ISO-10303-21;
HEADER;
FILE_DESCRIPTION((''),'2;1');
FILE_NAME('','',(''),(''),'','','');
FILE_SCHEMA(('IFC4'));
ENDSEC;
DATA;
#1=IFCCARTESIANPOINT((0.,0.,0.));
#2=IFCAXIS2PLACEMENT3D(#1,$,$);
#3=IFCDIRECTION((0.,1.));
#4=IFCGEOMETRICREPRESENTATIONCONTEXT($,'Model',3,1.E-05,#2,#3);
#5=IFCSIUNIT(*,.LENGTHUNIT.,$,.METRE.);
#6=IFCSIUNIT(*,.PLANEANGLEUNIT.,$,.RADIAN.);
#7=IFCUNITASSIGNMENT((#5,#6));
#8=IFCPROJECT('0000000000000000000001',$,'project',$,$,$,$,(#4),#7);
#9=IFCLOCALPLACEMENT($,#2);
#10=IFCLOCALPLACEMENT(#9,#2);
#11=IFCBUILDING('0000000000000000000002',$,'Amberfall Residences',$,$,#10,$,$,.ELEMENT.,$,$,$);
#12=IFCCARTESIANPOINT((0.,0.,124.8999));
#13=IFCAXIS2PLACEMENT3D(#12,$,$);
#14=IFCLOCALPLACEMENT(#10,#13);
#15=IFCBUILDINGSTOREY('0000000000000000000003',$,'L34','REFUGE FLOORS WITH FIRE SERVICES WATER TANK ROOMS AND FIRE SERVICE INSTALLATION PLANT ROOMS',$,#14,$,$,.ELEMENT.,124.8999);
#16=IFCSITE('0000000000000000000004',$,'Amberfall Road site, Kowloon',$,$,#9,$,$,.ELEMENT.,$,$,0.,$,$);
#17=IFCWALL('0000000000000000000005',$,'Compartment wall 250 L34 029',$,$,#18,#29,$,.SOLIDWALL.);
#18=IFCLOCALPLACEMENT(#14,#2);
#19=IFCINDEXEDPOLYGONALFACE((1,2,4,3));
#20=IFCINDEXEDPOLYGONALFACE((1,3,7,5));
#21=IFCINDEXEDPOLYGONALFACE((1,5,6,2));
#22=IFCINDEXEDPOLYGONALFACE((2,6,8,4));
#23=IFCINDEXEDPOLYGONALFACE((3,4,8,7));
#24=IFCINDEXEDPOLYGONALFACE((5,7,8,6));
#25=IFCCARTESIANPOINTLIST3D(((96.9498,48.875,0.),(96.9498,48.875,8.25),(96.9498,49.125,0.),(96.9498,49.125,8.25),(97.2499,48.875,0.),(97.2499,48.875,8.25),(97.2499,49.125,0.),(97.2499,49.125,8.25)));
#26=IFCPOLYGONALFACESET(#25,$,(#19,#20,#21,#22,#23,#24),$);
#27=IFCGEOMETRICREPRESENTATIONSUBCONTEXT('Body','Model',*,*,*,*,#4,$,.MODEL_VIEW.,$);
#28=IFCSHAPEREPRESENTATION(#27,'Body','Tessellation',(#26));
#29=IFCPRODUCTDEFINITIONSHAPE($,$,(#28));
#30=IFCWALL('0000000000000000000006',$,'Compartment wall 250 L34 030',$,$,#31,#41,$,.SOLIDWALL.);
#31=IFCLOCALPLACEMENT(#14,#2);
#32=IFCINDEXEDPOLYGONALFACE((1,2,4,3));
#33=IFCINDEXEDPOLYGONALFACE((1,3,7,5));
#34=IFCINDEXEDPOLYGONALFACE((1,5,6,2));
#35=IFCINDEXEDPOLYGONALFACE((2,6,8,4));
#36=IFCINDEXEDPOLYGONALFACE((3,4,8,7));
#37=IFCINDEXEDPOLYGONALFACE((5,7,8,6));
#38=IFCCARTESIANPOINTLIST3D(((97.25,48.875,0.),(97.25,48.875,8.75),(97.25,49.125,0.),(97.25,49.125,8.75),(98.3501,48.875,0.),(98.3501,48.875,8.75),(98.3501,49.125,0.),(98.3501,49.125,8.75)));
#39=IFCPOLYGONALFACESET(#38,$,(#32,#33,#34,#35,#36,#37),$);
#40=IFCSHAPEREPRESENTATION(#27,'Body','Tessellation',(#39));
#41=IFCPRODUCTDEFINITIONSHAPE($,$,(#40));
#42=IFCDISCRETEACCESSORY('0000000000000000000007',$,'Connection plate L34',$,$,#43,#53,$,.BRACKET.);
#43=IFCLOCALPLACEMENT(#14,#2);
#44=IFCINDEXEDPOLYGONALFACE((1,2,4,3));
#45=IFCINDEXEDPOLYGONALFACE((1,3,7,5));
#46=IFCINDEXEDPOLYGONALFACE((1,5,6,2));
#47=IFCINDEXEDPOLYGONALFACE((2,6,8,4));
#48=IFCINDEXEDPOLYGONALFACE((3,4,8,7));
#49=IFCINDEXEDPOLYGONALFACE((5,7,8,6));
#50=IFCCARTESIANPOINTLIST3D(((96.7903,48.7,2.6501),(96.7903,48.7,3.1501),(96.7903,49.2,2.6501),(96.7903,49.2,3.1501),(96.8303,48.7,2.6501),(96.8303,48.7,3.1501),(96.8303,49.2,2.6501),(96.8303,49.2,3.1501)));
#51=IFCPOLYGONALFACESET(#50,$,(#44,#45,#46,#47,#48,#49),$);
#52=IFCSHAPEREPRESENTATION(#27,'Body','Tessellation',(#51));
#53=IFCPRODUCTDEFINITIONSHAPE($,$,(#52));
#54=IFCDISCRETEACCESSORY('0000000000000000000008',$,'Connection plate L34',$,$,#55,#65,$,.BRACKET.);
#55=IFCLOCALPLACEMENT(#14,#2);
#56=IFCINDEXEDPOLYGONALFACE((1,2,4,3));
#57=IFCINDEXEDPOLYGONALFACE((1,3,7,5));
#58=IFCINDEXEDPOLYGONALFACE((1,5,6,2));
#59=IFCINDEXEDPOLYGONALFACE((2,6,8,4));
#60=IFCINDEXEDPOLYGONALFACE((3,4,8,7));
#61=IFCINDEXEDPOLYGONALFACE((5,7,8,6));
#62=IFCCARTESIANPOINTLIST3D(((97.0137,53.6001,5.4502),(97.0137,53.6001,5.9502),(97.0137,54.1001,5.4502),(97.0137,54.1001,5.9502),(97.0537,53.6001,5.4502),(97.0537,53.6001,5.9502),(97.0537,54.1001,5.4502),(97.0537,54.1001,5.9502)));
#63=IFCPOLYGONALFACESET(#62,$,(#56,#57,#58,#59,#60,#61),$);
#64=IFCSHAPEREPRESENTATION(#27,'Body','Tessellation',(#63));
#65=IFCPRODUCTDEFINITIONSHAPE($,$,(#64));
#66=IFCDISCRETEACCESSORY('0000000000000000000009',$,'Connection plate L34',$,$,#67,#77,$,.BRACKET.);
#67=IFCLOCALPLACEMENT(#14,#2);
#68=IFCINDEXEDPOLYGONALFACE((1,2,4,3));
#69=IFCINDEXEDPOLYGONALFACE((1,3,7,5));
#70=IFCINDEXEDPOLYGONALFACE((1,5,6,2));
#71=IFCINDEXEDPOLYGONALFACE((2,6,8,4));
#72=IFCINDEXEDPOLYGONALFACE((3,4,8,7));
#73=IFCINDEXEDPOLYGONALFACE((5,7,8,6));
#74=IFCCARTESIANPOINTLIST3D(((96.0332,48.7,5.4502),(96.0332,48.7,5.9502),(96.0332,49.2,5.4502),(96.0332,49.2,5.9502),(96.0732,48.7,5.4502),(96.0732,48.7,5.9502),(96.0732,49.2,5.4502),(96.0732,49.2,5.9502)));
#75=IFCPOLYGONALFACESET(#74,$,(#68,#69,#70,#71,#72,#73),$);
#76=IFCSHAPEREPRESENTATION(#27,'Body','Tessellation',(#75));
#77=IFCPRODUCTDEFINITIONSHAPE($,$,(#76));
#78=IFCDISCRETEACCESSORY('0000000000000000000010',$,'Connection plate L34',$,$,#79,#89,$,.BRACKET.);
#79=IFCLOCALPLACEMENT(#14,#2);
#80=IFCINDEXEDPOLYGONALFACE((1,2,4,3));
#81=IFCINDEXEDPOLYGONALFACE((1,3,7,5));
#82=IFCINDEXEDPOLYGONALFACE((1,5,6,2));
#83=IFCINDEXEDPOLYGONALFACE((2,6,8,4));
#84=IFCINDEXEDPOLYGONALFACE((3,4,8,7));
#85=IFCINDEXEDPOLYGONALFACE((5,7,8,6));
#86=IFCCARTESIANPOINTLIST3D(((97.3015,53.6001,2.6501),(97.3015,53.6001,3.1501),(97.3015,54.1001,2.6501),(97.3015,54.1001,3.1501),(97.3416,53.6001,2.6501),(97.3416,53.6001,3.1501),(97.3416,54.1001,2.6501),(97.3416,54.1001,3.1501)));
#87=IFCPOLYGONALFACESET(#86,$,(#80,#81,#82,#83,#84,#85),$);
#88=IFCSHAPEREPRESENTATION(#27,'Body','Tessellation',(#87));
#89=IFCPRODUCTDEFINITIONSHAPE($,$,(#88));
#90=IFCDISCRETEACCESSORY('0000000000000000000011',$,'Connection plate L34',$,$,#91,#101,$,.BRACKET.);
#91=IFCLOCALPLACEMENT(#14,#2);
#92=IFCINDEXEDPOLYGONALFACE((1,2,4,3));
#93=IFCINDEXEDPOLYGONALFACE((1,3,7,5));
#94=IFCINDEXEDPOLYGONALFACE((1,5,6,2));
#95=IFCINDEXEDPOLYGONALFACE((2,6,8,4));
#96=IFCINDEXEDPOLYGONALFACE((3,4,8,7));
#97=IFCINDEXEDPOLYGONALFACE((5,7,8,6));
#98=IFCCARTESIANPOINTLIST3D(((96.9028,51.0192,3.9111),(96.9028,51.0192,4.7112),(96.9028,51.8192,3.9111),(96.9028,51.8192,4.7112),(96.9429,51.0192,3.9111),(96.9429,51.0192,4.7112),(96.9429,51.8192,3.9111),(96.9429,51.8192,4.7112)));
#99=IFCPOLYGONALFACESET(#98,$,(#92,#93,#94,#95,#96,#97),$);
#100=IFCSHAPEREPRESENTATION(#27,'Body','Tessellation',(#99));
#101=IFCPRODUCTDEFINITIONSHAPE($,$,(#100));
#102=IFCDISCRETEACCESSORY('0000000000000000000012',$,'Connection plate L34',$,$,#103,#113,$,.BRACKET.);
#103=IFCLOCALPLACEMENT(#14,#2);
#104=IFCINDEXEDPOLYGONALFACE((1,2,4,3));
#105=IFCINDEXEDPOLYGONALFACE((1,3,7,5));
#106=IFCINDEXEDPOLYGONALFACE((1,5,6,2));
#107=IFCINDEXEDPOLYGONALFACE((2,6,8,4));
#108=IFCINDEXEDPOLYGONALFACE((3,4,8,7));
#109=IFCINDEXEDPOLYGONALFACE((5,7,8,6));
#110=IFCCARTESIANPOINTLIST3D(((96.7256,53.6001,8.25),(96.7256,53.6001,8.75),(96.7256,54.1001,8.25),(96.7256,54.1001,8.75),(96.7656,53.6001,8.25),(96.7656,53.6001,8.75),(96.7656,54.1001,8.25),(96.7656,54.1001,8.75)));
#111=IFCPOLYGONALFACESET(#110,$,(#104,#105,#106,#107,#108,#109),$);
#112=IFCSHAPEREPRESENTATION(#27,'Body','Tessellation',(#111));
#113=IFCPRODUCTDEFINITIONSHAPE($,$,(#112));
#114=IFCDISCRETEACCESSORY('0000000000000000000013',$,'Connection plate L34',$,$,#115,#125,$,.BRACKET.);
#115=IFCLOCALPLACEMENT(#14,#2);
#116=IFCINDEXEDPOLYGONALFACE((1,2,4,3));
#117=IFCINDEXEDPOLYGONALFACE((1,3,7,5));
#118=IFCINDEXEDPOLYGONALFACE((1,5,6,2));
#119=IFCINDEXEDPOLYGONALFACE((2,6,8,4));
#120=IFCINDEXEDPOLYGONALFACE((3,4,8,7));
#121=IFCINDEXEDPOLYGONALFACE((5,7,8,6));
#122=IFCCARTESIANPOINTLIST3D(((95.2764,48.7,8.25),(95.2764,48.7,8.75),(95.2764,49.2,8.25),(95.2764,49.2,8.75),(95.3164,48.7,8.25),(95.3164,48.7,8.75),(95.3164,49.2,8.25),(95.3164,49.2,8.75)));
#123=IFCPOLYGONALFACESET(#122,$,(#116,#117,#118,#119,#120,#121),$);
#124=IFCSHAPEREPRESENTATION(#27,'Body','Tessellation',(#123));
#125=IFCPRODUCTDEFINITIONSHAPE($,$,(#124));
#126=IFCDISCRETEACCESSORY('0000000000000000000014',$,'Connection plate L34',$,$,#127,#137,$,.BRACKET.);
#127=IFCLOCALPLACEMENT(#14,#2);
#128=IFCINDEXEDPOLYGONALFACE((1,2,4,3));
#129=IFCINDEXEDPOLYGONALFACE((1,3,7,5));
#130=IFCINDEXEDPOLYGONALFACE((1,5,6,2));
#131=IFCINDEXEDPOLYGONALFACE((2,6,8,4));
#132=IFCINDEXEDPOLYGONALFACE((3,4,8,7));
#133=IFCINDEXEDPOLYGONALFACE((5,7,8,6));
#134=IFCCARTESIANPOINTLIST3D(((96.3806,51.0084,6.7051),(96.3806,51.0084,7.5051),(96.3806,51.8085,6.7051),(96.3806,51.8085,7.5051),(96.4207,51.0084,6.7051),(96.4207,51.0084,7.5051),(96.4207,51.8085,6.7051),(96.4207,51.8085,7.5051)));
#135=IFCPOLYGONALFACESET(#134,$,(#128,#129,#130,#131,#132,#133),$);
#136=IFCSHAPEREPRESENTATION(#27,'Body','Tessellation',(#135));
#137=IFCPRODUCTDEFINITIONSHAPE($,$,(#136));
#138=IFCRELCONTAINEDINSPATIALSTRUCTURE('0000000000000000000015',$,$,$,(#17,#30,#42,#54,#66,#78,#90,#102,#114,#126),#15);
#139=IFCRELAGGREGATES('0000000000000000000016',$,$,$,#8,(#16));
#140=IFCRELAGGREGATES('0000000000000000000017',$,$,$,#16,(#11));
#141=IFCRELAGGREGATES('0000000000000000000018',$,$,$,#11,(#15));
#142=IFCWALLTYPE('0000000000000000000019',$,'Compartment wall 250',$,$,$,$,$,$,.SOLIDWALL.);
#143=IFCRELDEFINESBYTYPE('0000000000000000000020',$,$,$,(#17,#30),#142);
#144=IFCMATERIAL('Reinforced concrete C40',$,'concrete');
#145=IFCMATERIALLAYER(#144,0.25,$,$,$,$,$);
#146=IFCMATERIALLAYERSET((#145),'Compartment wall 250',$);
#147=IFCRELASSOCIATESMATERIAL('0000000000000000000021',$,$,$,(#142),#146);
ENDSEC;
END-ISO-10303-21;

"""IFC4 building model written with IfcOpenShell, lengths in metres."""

from ifc_helpers import new_model, si_unit, direction, frame, frame_2d, origin, origin_2d, place, context, subcontext, project, spatial, rectangle, extrude, material, layer, layer_set, type_object, element, save


model = new_model("IFC4")

# Units and contexts
model_context = context("Model", 3, precision=1e-05, world=origin(), true_north=direction((0.0, 1.0)))
body_context = subcontext(model_context, "Body", "Model", "MODEL_VIEW")
ifc_project = project(units=[si_unit("LENGTHUNIT", "METRE"), si_unit("PLANEANGLEUNIT", "RADIAN")], contexts=[model_context])

# Site, building, storey
site_placement = place(None, origin())
site = spatial("IfcSite", under=ifc_project, at=site_placement, Name="Amberfall Road site, Kowloon", CompositionType="ELEMENT", RefElevation=0.0)
building_placement = place(site_placement, origin())
building = spatial("IfcBuilding", under=site, at=building_placement, Name="Amberfall Residences", CompositionType="ELEMENT")
storey_placement = place(building_placement, frame((0.0, 0.0, 124.8999)))
storey = spatial("IfcBuildingStorey", under=building, at=storey_placement, Name="L34", Description="REFUGE FLOORS WITH FIRE SERVICES WATER TANK ROOMS AND FIRE SERVICE INSTALLATION PLANT ROOMS", CompositionType="ELEMENT", Elevation=124.8999)

# Walls
ifc_material_1 = material(Name="Reinforced concrete C40", Category="concrete")
ifc_layer = layer(ifc_material_1, 0.25)
ifc_layer_set = layer_set([ifc_layer], Name="Compartment wall 250")
wall_type = type_object("IfcWallType", Name="Compartment wall 250", PredefinedType="SOLIDWALL", material=ifc_layer_set)
wall_1_placement = place(storey_placement, frame((96.95, 49.0, 0.0), z_axis=(0.0, 0.0, 1.0), x_axis=(1.0, 0.0, 0.0)))
element("IfcWall", 1, at=wall_1_placement, inside=storey, type_object=wall_type, Name="Compartment wall 250 L34 029", PredefinedType="SOLIDWALL", context=body_context, shape_type="SweptSolid", body=[
    extrude(rectangle(XDim=0.3, YDim=0.25, at=frame_2d((0.1499, 0.0))), origin(), (0.0, 0.0, 1.0), 8.25),
])
wall_2_placement = place(storey_placement, frame((97.25, 49.0, 0.0), z_axis=(0.0, 0.0, 1.0), x_axis=(1.0, 0.0, 0.0)))
element("IfcWall", 2, at=wall_2_placement, inside=storey, type_object=wall_type, Name="Compartment wall 250 L34 030", PredefinedType="SOLIDWALL", context=body_context, shape_type="SweptSolid", body=[
    extrude(rectangle(XDim=1.1001, YDim=0.25, at=frame_2d((0.55, 0.0))), origin(), (0.0, 0.0, 1.0), 8.75),
])

# Discrete accessories
for number, where, z_axis, x_axis, name in (
    (3, (96.8103, 48.95, 2.6501), (0.0, 0.0, 1.0), (0.0, 1.0, 0.0), "Connection plate L34"),
    (4, (97.0337, 53.8501, 5.4502), (0.0, 0.0, 1.0), (0.0, 1.0, 0.0), "Connection plate L34"),
    (5, (96.0532, 48.95, 5.4502), (0.0, 0.0, 1.0), (0.0, 1.0, 0.0), "Connection plate L34"),
    (6, (97.3215, 53.8501, 2.6501), (0.0, 0.0, 1.0), (0.0, 1.0, 0.0), "Connection plate L34"),
):
    element("IfcDiscreteAccessory", number, at=place(storey_placement, frame(where, z_axis=z_axis, x_axis=x_axis)), inside=storey, Name=name, PredefinedType="BRACKET", context=body_context, shape_type="SweptSolid", body=[
        extrude(rectangle(XDim=0.5, YDim=0.04, at=origin_2d()), origin(), (0.0, 0.0, 1.0), 0.5),
    ])
discrete_accessory_1_placement = place(storey_placement, frame((96.9229, 51.4192, 3.9111), z_axis=(0.0, 0.0, 1.0), x_axis=(0.0, 1.0, 0.0)))
element("IfcDiscreteAccessory", 7, at=discrete_accessory_1_placement, inside=storey, Name="Connection plate L34", PredefinedType="BRACKET", context=body_context, shape_type="SweptSolid", body=[
    extrude(rectangle(XDim=0.8, YDim=0.04, at=origin_2d()), origin(), (0.0, 0.0, 1.0), 0.8),
])
for number, where, z_axis, x_axis, name in (
    (8, (96.7456, 53.8501, 8.25), (0.0, 0.0, 1.0), (0.0, 1.0, 0.0), "Connection plate L34"),
    (9, (95.2964, 48.95, 8.25), (0.0, 0.0, 1.0), (0.0, 1.0, 0.0), "Connection plate L34"),
):
    element("IfcDiscreteAccessory", number, at=place(storey_placement, frame(where, z_axis=z_axis, x_axis=x_axis)), inside=storey, Name=name, PredefinedType="BRACKET", context=body_context, shape_type="SweptSolid", body=[
        extrude(rectangle(XDim=0.5, YDim=0.04, at=origin_2d()), origin(), (0.0, 0.0, 1.0), 0.5),
    ])
discrete_accessory_2_placement = place(storey_placement, frame((96.4006, 51.4084, 6.7051), z_axis=(0.0, 0.0, 1.0), x_axis=(0.0, 1.0, 0.0)))
element("IfcDiscreteAccessory", 10, at=discrete_accessory_2_placement, inside=storey, Name="Connection plate L34", PredefinedType="BRACKET", context=body_context, shape_type="SweptSolid", body=[
    extrude(rectangle(XDim=0.8, YDim=0.04, at=origin_2d()), origin(), (0.0, 0.0, 1.0), 0.8),
])

save(model, "model.ifc")
